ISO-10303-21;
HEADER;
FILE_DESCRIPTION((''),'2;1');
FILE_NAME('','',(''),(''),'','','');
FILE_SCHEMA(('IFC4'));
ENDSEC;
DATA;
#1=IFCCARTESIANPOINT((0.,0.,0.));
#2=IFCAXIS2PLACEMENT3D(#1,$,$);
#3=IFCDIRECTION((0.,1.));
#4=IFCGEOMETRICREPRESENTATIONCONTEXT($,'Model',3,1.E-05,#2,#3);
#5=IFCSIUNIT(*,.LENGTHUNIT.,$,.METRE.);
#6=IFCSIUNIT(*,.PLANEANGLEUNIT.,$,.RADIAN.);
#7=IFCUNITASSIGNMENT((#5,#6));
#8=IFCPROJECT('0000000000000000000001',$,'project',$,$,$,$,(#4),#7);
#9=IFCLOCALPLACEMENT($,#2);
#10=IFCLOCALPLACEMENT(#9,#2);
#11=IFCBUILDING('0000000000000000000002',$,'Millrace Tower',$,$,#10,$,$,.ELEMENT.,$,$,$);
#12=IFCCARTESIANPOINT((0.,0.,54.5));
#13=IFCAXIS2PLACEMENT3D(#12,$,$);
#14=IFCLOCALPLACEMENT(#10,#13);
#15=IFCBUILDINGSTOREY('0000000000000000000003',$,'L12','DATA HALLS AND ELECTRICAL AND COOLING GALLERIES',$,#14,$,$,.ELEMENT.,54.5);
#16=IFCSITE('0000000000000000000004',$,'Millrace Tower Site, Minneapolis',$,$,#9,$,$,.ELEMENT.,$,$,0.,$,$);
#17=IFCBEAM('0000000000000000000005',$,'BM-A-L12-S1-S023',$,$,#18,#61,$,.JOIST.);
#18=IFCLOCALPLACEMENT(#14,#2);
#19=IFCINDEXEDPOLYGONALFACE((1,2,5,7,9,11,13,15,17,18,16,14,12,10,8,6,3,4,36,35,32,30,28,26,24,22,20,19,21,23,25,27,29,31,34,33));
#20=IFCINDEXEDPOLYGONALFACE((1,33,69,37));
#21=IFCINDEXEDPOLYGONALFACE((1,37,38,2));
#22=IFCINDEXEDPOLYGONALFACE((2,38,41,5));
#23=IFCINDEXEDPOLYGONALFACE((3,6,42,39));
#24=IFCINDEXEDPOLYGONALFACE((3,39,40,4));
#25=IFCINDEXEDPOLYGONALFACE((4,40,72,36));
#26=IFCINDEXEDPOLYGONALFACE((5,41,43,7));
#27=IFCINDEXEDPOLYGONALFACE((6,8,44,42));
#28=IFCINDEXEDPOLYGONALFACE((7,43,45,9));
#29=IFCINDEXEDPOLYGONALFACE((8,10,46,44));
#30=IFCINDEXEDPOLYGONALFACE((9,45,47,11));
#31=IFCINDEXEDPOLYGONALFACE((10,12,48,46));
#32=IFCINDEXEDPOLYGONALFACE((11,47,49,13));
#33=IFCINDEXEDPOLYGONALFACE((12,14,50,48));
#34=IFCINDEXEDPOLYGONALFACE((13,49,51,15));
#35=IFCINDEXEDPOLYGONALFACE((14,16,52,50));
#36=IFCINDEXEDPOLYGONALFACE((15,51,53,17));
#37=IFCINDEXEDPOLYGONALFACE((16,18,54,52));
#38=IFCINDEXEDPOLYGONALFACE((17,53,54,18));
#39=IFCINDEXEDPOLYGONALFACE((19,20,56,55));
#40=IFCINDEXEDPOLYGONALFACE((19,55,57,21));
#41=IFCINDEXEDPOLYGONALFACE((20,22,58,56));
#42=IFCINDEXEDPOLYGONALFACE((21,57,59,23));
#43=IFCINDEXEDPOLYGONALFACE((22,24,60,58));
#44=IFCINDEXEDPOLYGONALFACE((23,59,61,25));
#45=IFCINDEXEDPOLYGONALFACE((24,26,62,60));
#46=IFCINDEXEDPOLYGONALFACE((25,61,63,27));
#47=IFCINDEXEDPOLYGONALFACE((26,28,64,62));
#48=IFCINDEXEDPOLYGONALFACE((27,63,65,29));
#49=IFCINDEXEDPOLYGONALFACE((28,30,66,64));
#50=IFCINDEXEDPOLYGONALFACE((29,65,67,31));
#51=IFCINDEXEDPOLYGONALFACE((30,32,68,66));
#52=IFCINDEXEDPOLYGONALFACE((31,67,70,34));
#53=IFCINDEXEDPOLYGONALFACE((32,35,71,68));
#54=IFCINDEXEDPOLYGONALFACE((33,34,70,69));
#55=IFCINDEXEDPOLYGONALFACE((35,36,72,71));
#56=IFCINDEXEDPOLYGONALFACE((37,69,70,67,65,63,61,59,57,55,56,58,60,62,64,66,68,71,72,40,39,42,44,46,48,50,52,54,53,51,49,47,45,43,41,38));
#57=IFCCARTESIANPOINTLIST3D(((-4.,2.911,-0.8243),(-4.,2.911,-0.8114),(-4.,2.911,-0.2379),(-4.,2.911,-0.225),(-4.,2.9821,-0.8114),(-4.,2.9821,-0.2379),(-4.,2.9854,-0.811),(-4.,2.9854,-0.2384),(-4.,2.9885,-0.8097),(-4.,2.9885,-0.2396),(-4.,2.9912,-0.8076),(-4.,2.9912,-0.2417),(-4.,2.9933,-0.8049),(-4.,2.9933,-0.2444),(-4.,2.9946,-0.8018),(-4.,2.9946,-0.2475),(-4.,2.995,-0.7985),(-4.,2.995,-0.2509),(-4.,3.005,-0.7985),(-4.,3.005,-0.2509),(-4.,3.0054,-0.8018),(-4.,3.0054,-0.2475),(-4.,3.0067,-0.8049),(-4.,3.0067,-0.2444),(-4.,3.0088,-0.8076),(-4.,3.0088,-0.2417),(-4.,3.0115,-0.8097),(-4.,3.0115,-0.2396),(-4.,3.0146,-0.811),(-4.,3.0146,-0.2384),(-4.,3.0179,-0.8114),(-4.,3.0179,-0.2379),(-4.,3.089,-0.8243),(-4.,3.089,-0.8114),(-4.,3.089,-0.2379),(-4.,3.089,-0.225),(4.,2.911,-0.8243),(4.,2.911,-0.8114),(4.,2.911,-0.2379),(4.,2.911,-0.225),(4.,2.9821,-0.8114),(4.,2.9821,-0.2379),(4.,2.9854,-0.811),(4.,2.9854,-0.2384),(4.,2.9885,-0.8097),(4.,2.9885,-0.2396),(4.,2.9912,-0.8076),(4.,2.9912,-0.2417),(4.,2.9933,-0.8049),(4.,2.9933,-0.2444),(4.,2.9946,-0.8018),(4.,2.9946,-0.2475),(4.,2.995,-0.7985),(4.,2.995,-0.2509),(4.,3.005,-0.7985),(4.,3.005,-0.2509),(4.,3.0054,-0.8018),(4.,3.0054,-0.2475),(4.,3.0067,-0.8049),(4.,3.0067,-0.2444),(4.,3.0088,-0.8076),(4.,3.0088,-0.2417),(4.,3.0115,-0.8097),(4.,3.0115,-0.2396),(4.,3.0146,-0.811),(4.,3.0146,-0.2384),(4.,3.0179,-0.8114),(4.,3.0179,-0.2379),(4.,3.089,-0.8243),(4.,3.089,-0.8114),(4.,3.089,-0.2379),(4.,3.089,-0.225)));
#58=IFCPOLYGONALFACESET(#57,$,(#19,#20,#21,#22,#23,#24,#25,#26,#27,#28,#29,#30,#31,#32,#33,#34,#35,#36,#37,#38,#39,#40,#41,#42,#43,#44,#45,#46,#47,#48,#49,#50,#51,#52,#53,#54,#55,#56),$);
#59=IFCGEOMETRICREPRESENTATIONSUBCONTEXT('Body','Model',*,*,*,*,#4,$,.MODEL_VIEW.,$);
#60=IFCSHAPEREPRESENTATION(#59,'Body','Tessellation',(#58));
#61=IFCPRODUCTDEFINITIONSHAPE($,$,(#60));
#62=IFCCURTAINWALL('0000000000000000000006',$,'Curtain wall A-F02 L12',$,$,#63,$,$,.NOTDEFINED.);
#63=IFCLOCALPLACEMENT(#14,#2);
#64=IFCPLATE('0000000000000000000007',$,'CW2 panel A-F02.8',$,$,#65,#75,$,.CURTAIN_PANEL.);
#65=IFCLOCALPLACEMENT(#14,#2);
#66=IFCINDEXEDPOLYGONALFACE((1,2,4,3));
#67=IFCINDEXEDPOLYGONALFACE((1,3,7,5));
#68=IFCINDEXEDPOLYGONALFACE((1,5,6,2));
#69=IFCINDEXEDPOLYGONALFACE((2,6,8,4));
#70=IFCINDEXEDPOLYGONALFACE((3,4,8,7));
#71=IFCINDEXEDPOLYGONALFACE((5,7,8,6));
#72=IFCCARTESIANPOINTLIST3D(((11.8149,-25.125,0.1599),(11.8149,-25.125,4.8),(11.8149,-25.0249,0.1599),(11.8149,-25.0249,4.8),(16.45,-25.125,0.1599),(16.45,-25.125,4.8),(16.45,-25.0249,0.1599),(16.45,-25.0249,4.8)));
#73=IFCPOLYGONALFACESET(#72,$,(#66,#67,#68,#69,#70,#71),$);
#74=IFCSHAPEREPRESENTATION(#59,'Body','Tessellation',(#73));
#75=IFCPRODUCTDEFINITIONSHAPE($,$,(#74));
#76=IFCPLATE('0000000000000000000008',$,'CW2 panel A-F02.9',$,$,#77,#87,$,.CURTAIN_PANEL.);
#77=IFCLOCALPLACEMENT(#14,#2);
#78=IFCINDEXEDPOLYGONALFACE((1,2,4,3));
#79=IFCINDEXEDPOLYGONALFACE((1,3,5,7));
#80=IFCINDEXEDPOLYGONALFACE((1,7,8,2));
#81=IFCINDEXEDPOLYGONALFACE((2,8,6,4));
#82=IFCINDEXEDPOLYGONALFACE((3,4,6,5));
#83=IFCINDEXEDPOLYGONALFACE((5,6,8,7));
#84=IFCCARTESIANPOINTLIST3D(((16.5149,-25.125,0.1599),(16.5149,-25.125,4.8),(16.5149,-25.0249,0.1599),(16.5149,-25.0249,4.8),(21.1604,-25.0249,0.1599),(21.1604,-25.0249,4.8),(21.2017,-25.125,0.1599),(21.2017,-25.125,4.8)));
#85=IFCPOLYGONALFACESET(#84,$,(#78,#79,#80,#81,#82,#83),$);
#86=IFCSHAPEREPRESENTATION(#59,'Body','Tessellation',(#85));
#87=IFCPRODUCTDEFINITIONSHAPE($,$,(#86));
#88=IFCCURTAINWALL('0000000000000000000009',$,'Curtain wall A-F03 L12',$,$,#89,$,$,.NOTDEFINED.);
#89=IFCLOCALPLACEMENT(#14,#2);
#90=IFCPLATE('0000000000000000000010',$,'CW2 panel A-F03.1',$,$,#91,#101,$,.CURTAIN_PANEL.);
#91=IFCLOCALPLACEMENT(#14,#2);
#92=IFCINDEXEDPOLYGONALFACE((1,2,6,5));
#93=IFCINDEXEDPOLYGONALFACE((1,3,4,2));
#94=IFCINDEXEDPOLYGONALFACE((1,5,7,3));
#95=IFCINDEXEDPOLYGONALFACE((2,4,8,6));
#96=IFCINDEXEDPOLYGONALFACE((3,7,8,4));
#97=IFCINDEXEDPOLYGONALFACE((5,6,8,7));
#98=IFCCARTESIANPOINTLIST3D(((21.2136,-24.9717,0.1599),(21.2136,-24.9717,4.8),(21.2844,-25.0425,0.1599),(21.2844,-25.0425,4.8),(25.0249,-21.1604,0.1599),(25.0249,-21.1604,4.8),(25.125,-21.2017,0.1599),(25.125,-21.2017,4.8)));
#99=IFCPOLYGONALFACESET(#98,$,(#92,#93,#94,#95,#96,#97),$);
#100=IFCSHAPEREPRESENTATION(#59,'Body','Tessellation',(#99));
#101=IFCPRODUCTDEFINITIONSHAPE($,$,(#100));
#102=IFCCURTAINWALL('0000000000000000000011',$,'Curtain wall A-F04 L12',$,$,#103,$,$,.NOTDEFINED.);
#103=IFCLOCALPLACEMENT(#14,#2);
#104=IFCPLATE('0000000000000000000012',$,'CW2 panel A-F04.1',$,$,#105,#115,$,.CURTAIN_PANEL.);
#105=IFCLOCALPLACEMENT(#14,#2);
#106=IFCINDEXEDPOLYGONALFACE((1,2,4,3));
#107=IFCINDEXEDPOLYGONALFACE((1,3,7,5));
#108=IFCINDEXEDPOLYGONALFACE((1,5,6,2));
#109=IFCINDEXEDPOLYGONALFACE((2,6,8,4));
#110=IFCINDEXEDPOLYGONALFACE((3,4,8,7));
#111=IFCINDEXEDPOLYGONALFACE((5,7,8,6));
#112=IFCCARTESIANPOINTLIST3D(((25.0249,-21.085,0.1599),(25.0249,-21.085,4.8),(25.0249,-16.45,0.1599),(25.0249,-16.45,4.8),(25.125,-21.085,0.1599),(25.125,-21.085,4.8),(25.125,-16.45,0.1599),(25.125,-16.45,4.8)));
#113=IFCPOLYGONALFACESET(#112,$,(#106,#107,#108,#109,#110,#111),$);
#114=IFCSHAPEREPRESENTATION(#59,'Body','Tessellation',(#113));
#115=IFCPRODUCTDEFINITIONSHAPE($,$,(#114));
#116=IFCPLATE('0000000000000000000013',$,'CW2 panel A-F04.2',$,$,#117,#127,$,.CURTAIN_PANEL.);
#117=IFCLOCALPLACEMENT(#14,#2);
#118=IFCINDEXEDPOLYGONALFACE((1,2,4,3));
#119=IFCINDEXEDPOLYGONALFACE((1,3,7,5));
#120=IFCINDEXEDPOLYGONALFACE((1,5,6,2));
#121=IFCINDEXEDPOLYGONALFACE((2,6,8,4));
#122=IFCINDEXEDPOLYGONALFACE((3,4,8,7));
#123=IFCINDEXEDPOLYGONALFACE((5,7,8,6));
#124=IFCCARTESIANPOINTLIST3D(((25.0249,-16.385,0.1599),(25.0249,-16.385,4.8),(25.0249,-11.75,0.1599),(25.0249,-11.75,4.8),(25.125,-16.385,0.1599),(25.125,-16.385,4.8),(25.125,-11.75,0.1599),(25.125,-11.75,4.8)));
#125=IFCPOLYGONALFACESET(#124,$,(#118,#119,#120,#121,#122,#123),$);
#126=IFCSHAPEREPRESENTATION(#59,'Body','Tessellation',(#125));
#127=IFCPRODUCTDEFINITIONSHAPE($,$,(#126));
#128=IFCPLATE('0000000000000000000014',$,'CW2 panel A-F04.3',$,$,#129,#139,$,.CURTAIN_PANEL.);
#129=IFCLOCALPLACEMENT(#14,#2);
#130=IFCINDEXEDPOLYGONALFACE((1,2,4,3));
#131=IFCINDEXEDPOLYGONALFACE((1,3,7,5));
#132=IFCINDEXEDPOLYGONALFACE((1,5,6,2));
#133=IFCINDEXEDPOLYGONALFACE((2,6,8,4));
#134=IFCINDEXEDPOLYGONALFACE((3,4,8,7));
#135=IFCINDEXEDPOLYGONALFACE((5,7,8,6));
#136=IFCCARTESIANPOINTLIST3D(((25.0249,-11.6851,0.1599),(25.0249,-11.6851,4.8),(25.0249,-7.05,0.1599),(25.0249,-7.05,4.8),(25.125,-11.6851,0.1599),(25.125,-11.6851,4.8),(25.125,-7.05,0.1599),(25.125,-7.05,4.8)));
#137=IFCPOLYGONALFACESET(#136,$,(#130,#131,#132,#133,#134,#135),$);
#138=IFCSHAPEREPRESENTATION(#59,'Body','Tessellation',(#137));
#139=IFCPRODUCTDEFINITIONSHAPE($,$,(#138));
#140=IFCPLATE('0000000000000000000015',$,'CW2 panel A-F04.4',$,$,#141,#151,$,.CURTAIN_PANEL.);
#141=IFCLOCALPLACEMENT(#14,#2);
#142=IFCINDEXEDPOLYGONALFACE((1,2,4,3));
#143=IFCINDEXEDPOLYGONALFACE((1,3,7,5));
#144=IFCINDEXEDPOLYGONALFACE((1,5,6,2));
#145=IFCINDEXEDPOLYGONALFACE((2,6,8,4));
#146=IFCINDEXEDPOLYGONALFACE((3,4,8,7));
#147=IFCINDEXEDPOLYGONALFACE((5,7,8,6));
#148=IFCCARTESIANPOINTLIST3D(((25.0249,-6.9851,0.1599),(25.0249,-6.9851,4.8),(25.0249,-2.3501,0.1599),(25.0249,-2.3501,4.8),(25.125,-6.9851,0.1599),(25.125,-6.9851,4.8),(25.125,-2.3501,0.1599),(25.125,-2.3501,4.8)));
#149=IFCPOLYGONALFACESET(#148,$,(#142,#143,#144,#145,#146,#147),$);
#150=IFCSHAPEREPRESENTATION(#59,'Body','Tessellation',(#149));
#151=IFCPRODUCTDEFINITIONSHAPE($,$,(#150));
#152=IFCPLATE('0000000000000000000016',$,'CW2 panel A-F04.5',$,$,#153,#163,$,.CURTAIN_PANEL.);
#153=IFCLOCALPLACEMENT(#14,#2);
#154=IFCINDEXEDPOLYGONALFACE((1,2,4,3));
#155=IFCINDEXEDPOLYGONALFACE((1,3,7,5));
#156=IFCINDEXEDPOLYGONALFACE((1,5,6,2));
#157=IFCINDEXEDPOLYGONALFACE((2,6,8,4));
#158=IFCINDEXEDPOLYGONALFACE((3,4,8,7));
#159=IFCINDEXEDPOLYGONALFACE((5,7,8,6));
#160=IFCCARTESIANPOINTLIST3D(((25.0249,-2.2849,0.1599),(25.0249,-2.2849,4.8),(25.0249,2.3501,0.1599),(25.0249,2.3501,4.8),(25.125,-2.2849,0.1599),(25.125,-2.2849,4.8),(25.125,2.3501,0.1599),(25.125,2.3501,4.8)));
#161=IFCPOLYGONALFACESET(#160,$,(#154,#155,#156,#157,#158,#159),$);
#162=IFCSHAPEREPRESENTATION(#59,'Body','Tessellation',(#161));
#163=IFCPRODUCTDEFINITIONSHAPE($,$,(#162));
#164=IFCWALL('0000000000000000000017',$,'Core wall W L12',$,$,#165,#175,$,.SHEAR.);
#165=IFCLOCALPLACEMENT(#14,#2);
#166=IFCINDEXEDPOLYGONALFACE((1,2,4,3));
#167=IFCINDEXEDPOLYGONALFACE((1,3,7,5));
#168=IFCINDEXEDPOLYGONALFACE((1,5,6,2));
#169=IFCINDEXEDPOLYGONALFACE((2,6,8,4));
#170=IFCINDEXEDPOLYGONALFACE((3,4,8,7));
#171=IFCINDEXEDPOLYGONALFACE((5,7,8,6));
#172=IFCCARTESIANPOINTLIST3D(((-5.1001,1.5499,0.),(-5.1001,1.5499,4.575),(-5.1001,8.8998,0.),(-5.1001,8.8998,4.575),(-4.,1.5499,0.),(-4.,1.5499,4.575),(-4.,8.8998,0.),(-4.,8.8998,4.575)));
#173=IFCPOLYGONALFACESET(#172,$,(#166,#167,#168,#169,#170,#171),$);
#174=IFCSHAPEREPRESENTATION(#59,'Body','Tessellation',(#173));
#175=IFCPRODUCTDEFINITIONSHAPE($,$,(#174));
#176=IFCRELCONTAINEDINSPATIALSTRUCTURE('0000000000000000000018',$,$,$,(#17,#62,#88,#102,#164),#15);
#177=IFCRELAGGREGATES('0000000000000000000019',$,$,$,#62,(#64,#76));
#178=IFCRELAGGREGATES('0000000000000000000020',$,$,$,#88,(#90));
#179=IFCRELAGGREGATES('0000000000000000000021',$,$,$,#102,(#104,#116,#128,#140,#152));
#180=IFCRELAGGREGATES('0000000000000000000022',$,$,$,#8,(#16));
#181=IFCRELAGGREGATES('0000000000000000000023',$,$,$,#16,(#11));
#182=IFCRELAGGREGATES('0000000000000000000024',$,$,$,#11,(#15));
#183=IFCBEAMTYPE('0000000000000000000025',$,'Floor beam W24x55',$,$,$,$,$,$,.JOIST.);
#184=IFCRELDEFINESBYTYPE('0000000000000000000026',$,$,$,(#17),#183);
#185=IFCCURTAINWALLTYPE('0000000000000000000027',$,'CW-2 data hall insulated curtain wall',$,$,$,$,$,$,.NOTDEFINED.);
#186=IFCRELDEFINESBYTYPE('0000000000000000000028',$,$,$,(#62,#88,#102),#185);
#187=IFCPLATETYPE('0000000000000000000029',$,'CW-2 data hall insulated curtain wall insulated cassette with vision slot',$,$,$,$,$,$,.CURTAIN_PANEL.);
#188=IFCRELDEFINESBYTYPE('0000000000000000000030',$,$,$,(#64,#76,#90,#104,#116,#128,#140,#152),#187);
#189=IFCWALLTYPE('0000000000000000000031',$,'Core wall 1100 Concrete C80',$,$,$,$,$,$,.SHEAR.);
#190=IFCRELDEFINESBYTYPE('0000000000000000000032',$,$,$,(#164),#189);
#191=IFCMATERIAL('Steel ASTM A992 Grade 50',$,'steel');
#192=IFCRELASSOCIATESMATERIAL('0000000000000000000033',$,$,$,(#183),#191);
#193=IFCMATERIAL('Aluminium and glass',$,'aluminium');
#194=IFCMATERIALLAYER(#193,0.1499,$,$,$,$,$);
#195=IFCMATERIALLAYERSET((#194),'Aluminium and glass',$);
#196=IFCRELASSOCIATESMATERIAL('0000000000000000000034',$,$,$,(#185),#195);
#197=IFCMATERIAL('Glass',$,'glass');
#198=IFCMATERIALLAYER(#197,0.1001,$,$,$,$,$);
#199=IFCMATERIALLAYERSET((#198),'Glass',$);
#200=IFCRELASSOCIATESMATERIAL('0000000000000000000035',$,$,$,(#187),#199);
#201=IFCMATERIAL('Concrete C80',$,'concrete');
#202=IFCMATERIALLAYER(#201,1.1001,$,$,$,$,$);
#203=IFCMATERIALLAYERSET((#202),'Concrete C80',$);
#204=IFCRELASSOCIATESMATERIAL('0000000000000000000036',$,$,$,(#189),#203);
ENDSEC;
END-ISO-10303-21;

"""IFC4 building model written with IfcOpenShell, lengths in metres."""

from ifc_helpers import new_model, si_unit, direction, frame, frame_2d, origin, origin_2d, place, context, subcontext, project, spatial, polyline, rectangle, i_section, outline, extrude, material, layer, layer_set, material_profile, profile_set, type_object, element, aggregate, save


model = new_model("IFC4")

# Units and contexts
model_context = context("Model", 3, precision=1e-05, world=origin(), true_north=direction((0.0, 1.0)))
body_context = subcontext(model_context, "Body", "Model", "MODEL_VIEW")
ifc_project = project(units=[si_unit("LENGTHUNIT", "METRE"), si_unit("PLANEANGLEUNIT", "RADIAN")], contexts=[model_context])

# Site, building, storey
site_placement = place(None, origin())
site = spatial("IfcSite", under=ifc_project, at=site_placement, Name="Millrace Tower Site, Minneapolis", CompositionType="ELEMENT", RefElevation=0.0)
building_placement = place(site_placement, origin())
building = spatial("IfcBuilding", under=site, at=building_placement, Name="Millrace Tower", CompositionType="ELEMENT")
storey_placement = place(building_placement, frame((0.0, 0.0, 54.5)))
storey = spatial("IfcBuildingStorey", under=building, at=storey_placement, Name="L12", Description="DATA HALLS AND ELECTRICAL AND COOLING GALLERIES", CompositionType="ELEMENT", Elevation=54.5)

# Beam
ifc_material_1 = material(Name="Steel ASTM A992 Grade 50", Category="steel")
ifc_material_profile = material_profile(ifc_material_1, i_section(OverallWidth=0.178, OverallDepth=0.5994, WebThickness=0.01, FlangeThickness=0.0129, FilletRadius=0.0129, at=origin_2d()))
ifc_profile_set = profile_set([ifc_material_profile], Name="Steel ASTM A992 Grade 50")
beam_type = type_object("IfcBeamType", Name="Floor beam W24x55", PredefinedType="JOIST", material=ifc_profile_set)
beam_placement = place(storey_placement, frame((-4.0, 3.0, -0.5247), z_axis=(1.0, 0.0, 0.0), x_axis=(0.0, 1.0, 0.0)))
element("IfcBeam", 1, at=beam_placement, inside=storey, type_object=beam_type, Name="BM-A-L12-S1-S023", PredefinedType="JOIST", context=body_context, shape_type="SweptSolid", body=[
    extrude(i_section(OverallWidth=0.178, OverallDepth=0.5994, WebThickness=0.01, FlangeThickness=0.0129, FilletRadius=0.0129, at=origin_2d()), origin(), (0.0, 0.0, 1.0), 8.0),
])

# Curtain wall, plates
ifc_material_2 = material(Name="Aluminium and glass", Category="aluminium")
ifc_layer_1 = layer(ifc_material_2, 0.1499)
ifc_layer_set_1 = layer_set([ifc_layer_1], Name="Aluminium and glass")
curtain_wall_type = type_object("IfcCurtainWallType", Name="CW-2 data hall insulated curtain wall", PredefinedType="NOTDEFINED", material=ifc_layer_set_1)
placement_1 = place(storey_placement, origin())
curtain_wall_1 = element("IfcCurtainWall", 2, at=placement_1, inside=storey, type_object=curtain_wall_type, Name="Curtain wall A-F02 L12", PredefinedType="NOTDEFINED")
ifc_material_3 = material(Name="Glass", Category="glass")
ifc_layer_2 = layer(ifc_material_3, 0.1001)
ifc_layer_set_2 = layer_set([ifc_layer_2], Name="Glass")
plate_type = type_object("IfcPlateType", Name="CW-2 data hall insulated curtain wall insulated cassette with vision slot", PredefinedType="CURTAIN_PANEL", material=ifc_layer_set_2)
placement_2 = place(storey_placement, frame((0.0, 0.0, 0.1599)))
plate_1 = element("IfcPlate", 3, at=placement_2, type_object=plate_type, Name="CW2 panel A-F02.8", PredefinedType="CURTAIN_PANEL", context=body_context, shape_type="SweptSolid", body=[
    extrude(outline(polyline([(11.8149, -25.125), (16.45, -25.125), (16.45, -25.0249), (11.8149, -25.0249), (11.8149, -25.125)])), origin(), (0.0, 0.0, 1.0), 4.6401),
])
plate_2 = element("IfcPlate", 4, at=placement_2, type_object=plate_type, Name="CW2 panel A-F02.9", PredefinedType="CURTAIN_PANEL", context=body_context, shape_type="SweptSolid", body=[
    extrude(outline(polyline([(16.5149, -25.125), (21.2017, -25.125), (21.1604, -25.0249), (16.5149, -25.0249), (16.5149, -25.125)])), origin(), (0.0, 0.0, 1.0), 4.6401),
])
aggregate(curtain_wall_1, [plate_1, plate_2])

# Curtain wall, plate
curtain_wall_2 = element("IfcCurtainWall", 5, at=placement_1, inside=storey, type_object=curtain_wall_type, Name="Curtain wall A-F03 L12", PredefinedType="NOTDEFINED")
plate_3 = element("IfcPlate", 6, at=placement_2, type_object=plate_type, Name="CW2 panel A-F03.1", PredefinedType="CURTAIN_PANEL", context=body_context, shape_type="SweptSolid", body=[
    extrude(outline(polyline([(21.2844, -25.0425), (25.125, -21.2017), (25.0249, -21.1604), (21.2136, -24.9717), (21.2844, -25.0425)])), origin(), (0.0, 0.0, 1.0), 4.6401),
])
aggregate(curtain_wall_2, [plate_3])

# Curtain wall, plates
curtain_wall_3 = element("IfcCurtainWall", 7, at=placement_1, inside=storey, type_object=curtain_wall_type, Name="Curtain wall A-F04 L12", PredefinedType="NOTDEFINED")
plate_4 = element("IfcPlate", 8, at=placement_2, type_object=plate_type, Name="CW2 panel A-F04.1", PredefinedType="CURTAIN_PANEL", context=body_context, shape_type="SweptSolid", body=[
    extrude(outline(polyline([(25.125, -21.085), (25.125, -16.45), (25.0249, -16.45), (25.0249, -21.085), (25.125, -21.085)])), origin(), (0.0, 0.0, 1.0), 4.6401),
])
plate_5 = element("IfcPlate", 9, at=placement_2, type_object=plate_type, Name="CW2 panel A-F04.2", PredefinedType="CURTAIN_PANEL", context=body_context, shape_type="SweptSolid", body=[
    extrude(outline(polyline([(25.125, -16.385), (25.125, -11.75), (25.0249, -11.75), (25.0249, -16.385), (25.125, -16.385)])), origin(), (0.0, 0.0, 1.0), 4.6401),
])
plate_6 = element("IfcPlate", 10, at=placement_2, type_object=plate_type, Name="CW2 panel A-F04.3", PredefinedType="CURTAIN_PANEL", context=body_context, shape_type="SweptSolid", body=[
    extrude(outline(polyline([(25.125, -11.6851), (25.125, -7.05), (25.0249, -7.05), (25.0249, -11.6851), (25.125, -11.6851)])), origin(), (0.0, 0.0, 1.0), 4.6401),
])
plate_7 = element("IfcPlate", 11, at=placement_2, type_object=plate_type, Name="CW2 panel A-F04.4", PredefinedType="CURTAIN_PANEL", context=body_context, shape_type="SweptSolid", body=[
    extrude(outline(polyline([(25.125, -6.9851), (25.125, -2.3501), (25.0249, -2.3501), (25.0249, -6.9851), (25.125, -6.9851)])), origin(), (0.0, 0.0, 1.0), 4.6401),
])
plate_8 = element("IfcPlate", 12, at=placement_2, type_object=plate_type, Name="CW2 panel A-F04.5", PredefinedType="CURTAIN_PANEL", context=body_context, shape_type="SweptSolid", body=[
    extrude(outline(polyline([(25.125, -2.2849), (25.125, 2.3501), (25.0249, 2.3501), (25.0249, -2.2849), (25.125, -2.2849)])), origin(), (0.0, 0.0, 1.0), 4.6401),
])
aggregate(curtain_wall_3, [plate_4, plate_5, plate_6, plate_7, plate_8])

# Wall
ifc_material_4 = material(Name="Concrete C80", Category="concrete")
ifc_layer_3 = layer(ifc_material_4, 1.1001)
ifc_layer_set_3 = layer_set([ifc_layer_3], Name="Concrete C80")
wall_type_1 = type_object("IfcWallType", Name="Core wall 1100 Concrete C80", PredefinedType="SHEAR", material=ifc_layer_set_3)
wall_1_placement = place(storey_placement, frame((-4.55, 1.55, 0.0), z_axis=(0.0, 0.0, 1.0), x_axis=(0.0, 1.0, 0.0)))
element("IfcWall", 13, at=wall_1_placement, inside=storey, type_object=wall_type_1, Name="Core wall W L12", PredefinedType="SHEAR", context=body_context, shape_type="SweptSolid", body=[
    extrude(rectangle(XDim=7.3499, YDim=1.1001, at=frame_2d((3.6748, 0.0))), origin(), (0.0, 0.0, 1.0), 4.575),
])

save(model, "model.ifc")
